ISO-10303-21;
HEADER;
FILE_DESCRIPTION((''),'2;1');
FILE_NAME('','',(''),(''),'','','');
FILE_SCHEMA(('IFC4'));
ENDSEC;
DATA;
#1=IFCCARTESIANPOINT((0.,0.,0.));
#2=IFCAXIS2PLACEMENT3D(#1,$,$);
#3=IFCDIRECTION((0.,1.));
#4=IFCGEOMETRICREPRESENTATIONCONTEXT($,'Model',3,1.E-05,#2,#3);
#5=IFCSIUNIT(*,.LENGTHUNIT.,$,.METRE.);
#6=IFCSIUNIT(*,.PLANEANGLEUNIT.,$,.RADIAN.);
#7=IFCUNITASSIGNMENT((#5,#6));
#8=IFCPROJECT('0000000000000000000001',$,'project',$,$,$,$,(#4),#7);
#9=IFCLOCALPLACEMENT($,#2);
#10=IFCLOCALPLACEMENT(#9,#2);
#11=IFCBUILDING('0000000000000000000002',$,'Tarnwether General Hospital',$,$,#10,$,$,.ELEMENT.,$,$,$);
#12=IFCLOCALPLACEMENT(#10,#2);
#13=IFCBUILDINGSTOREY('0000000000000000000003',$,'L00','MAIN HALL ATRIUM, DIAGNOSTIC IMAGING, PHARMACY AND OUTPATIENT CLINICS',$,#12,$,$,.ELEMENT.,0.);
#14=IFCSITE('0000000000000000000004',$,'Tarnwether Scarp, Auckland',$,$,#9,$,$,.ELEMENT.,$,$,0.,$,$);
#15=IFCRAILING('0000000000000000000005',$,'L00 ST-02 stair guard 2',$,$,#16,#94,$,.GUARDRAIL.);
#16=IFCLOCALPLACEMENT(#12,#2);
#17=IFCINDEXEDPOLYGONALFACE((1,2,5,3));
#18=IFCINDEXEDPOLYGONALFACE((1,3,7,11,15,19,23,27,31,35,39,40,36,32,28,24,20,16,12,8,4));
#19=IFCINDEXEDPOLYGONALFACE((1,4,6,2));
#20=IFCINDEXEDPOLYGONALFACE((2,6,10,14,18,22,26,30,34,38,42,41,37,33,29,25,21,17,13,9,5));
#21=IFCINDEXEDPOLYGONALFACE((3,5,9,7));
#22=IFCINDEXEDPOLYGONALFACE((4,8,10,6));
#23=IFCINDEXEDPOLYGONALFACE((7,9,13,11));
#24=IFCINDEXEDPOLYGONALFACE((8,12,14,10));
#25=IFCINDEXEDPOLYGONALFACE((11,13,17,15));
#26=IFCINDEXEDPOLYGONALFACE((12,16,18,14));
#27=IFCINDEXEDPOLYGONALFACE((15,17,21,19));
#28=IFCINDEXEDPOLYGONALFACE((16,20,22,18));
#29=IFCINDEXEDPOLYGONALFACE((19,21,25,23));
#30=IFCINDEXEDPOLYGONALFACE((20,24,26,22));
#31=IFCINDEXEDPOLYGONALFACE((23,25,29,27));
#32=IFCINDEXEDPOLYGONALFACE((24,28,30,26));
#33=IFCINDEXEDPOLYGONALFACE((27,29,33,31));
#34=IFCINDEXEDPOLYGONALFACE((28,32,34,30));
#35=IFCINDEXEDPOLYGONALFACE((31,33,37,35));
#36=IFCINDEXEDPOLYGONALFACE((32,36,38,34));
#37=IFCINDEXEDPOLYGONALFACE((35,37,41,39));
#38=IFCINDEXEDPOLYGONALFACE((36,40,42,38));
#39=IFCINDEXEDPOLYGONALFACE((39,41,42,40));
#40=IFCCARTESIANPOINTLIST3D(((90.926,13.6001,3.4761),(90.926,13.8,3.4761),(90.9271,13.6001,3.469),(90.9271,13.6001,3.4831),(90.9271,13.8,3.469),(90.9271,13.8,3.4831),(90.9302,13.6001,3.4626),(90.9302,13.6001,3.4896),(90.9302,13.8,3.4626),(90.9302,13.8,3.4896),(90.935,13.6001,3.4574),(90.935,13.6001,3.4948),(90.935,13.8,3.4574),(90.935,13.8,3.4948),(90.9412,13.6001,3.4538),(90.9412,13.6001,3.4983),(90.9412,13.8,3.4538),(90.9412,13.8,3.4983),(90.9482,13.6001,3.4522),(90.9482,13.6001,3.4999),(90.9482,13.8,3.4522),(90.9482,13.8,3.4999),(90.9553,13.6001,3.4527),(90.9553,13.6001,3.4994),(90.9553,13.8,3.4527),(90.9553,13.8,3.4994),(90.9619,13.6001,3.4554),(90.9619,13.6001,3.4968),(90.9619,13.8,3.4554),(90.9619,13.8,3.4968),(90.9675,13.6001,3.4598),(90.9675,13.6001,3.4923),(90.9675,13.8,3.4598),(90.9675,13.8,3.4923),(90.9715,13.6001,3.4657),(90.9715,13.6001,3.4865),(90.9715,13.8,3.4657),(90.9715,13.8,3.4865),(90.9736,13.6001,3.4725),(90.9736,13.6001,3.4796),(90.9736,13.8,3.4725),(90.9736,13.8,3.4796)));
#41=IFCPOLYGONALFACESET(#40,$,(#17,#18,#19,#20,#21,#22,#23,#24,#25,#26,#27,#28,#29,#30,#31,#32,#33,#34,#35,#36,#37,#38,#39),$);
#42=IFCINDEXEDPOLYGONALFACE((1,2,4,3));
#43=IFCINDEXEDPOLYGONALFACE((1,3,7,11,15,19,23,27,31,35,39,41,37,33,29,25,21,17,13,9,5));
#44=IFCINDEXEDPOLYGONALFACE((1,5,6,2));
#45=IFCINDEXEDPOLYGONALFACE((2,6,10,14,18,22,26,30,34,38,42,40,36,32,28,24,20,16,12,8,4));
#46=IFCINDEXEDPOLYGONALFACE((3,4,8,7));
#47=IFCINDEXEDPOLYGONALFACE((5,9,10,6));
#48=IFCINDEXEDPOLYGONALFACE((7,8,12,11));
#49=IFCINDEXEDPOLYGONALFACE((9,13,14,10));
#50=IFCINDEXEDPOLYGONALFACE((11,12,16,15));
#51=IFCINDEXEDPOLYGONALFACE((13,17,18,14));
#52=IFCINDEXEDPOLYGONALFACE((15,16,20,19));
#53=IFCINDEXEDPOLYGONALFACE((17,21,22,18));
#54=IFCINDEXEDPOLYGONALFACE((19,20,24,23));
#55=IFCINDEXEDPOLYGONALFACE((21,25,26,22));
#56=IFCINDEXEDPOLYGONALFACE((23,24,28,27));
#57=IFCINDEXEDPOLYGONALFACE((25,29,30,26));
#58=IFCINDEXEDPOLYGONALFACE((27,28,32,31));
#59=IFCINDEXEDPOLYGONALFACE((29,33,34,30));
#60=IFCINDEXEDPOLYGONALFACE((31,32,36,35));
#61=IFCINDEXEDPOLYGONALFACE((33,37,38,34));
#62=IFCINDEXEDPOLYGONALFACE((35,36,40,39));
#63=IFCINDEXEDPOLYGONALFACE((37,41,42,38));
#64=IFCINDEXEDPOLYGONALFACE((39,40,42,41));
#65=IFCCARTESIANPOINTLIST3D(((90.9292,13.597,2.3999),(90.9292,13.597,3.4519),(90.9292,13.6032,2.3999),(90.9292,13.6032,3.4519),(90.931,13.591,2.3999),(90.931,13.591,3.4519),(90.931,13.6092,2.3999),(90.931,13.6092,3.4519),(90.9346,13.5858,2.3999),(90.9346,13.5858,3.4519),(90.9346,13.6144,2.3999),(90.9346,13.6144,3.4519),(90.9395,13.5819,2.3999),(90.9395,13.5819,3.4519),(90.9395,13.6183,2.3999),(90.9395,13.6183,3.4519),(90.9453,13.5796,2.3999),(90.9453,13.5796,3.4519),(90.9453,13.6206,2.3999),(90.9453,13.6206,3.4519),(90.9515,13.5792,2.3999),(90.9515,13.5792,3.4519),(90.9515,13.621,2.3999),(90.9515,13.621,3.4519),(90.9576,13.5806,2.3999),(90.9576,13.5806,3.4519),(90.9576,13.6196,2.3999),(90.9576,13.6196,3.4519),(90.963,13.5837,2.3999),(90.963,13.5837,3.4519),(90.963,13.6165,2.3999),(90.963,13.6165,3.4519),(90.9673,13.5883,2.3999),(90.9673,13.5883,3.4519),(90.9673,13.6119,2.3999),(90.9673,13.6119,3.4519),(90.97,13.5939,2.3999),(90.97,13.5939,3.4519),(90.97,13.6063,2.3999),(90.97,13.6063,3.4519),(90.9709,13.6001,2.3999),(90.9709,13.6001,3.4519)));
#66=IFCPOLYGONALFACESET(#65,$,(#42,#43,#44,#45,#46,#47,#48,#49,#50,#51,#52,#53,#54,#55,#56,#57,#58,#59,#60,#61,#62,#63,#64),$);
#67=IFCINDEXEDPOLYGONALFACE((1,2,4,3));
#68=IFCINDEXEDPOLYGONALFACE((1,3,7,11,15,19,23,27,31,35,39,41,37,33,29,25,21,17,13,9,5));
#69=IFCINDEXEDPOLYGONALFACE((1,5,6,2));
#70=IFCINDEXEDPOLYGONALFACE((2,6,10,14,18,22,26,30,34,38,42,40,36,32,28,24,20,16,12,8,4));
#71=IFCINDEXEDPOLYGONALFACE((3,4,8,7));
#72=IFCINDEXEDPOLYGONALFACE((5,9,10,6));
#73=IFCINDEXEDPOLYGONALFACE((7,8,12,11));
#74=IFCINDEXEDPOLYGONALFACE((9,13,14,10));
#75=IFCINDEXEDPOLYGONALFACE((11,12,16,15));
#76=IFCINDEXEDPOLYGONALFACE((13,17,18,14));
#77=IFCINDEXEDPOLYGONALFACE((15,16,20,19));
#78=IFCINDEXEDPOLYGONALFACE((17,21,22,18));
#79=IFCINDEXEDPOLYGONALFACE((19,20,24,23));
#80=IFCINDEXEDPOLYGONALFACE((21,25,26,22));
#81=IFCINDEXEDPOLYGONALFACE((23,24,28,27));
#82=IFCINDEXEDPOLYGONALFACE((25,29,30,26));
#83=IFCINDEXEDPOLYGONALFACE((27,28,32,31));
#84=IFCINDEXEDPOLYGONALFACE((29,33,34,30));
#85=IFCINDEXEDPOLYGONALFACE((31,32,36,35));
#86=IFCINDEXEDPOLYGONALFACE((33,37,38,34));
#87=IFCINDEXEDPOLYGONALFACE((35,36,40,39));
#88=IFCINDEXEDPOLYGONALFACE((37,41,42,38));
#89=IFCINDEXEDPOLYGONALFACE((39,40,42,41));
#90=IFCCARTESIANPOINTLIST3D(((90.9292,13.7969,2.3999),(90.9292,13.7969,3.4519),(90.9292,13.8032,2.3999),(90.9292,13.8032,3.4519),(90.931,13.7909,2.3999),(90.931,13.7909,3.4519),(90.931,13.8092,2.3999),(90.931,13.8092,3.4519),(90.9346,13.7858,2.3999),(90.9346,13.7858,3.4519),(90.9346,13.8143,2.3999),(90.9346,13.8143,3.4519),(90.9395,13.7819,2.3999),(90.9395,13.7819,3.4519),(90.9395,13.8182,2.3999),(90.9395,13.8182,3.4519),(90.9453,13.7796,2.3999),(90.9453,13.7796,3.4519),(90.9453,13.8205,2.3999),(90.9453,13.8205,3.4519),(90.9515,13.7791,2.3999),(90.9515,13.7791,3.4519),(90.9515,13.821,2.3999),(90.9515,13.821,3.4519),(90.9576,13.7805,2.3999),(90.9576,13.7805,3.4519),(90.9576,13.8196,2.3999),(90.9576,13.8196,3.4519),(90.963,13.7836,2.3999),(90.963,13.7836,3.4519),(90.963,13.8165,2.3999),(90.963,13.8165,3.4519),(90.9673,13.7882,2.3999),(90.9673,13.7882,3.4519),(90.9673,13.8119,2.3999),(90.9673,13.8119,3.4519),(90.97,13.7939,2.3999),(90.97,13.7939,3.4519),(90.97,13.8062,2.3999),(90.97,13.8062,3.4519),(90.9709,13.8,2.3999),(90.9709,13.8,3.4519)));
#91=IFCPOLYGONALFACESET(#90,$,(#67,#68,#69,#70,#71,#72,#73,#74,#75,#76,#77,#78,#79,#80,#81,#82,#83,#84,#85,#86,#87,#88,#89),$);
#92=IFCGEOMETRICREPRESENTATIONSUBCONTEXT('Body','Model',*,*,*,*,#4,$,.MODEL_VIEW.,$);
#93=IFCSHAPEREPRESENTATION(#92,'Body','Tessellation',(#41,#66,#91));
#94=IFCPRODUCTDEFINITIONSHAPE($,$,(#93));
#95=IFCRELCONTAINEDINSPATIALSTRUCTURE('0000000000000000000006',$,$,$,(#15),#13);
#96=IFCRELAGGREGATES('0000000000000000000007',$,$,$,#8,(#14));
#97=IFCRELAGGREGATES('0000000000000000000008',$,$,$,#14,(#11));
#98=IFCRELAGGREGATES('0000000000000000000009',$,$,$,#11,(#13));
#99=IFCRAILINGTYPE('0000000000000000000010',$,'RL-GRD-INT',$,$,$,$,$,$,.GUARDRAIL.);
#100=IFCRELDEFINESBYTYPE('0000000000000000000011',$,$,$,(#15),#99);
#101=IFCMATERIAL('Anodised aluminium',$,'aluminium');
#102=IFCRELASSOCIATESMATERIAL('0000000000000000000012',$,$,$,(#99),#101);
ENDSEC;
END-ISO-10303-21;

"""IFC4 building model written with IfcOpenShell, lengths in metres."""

from ifc_helpers import new_model, si_unit, direction, frame, origin, origin_2d, place, context, subcontext, project, spatial, circle, extrude, material, type_object, element, save


model = new_model("IFC4")

# Units and contexts
model_context = context("Model", 3, precision=1e-05, world=origin(), true_north=direction((0.0, 1.0)))
body_context = subcontext(model_context, "Body", "Model", "MODEL_VIEW")
ifc_project = project(units=[si_unit("LENGTHUNIT", "METRE"), si_unit("PLANEANGLEUNIT", "RADIAN")], contexts=[model_context])

# Site, building, storey
site_placement = place(None, origin())
site = spatial("IfcSite", under=ifc_project, at=site_placement, Name="Tarnwether Scarp, Auckland", CompositionType="ELEMENT", RefElevation=0.0)
building_placement = place(site_placement, origin())
building = spatial("IfcBuilding", under=site, at=building_placement, Name="Tarnwether General Hospital", CompositionType="ELEMENT")
storey_placement = place(building_placement, origin())
storey = spatial("IfcBuildingStorey", under=building, at=storey_placement, Name="L00", Description="MAIN HALL ATRIUM, DIAGNOSTIC IMAGING, PHARMACY AND OUTPATIENT CLINICS", CompositionType="ELEMENT", Elevation=0.0)

# Railing
ifc_material_1 = material(Name="Anodised aluminium", Category="aluminium")
railing_type_1 = type_object("IfcRailingType", Name="RL-GRD-INT", PredefinedType="GUARDRAIL", material=ifc_material_1)
railing_1_placement = place(storey_placement, frame((90.95, 13.6001, 2.3999)))
element("IfcRailing", 1, at=railing_1_placement, inside=storey, type_object=railing_type_1, Name="L00 ST-02 stair guard 2", PredefinedType="GUARDRAIL", context=body_context, shape_type="SweptSolid", body=[
    extrude(circle(Radius=0.0239, at=origin_2d()), frame((0.0, 0.0, 1.0762), z_axis=(0.0, 1.0, 0.0), x_axis=(-1.0, 0.0, 0.0)), (0.0, 0.0, 1.0), 0.2),
    extrude(circle(Radius=0.021, at=origin_2d()), origin(), (0.0, 0.0, 1.0), 1.052),
    extrude(circle(Radius=0.021, at=origin_2d()), frame((0.0, 0.2, 0.0)), (0.0, 0.0, 1.0), 1.052),
])

save(model, "model.ifc")
